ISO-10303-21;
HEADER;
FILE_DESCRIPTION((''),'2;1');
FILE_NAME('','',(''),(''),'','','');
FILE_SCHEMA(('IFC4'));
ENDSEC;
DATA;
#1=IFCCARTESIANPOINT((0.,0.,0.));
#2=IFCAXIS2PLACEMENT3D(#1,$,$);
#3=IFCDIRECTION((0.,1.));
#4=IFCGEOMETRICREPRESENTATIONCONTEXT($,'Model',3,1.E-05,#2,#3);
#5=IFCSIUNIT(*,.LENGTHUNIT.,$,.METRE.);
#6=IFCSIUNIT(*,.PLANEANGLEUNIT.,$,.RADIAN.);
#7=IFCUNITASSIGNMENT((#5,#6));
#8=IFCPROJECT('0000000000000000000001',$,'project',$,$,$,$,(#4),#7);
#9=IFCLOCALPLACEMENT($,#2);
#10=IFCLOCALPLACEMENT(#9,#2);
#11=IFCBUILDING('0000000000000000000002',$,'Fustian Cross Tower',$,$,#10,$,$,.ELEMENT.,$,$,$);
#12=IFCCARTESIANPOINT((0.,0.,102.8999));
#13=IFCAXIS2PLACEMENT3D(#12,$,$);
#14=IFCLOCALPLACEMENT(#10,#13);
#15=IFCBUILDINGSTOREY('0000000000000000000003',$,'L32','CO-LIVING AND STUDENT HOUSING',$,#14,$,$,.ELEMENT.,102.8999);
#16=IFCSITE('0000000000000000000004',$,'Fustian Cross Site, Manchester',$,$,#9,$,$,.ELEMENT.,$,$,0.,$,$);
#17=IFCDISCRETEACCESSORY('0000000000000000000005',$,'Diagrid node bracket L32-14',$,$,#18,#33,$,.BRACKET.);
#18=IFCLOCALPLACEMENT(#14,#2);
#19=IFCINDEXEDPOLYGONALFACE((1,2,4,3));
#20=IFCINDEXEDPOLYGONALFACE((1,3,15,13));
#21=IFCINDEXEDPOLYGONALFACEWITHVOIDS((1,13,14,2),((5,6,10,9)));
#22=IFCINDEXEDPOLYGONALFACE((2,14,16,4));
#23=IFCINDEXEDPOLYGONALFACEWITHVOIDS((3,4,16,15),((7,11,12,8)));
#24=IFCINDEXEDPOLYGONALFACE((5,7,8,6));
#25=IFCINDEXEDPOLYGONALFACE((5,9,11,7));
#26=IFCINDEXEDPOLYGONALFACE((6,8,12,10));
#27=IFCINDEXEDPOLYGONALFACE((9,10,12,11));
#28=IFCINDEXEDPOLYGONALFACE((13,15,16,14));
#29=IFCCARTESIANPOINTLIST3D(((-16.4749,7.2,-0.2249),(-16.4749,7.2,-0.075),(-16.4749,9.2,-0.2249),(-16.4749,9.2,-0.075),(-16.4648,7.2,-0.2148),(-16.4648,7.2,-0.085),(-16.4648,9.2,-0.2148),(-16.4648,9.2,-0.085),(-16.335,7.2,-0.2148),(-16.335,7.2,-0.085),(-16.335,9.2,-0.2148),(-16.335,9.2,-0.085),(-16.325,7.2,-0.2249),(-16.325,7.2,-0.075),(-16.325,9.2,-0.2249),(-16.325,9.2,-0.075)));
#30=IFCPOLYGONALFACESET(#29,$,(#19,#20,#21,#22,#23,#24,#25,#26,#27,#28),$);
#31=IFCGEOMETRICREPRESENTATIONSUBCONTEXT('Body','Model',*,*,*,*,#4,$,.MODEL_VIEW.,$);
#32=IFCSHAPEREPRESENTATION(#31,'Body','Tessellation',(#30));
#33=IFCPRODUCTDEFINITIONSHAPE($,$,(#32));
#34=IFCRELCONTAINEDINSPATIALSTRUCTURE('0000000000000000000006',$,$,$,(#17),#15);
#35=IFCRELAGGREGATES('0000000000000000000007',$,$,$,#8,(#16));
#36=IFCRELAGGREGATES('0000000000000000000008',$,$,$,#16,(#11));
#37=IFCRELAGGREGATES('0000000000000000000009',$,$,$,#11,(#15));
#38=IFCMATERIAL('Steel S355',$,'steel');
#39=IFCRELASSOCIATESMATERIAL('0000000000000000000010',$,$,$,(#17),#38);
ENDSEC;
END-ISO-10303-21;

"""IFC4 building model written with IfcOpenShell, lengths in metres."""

from ifc_helpers import new_model, si_unit, direction, frame, origin, origin_2d, place, context, subcontext, project, spatial, hollow_rectangle, extrude, material, element, save


model = new_model("IFC4")

# Units and contexts
model_context = context("Model", 3, precision=1e-05, world=origin(), true_north=direction((0.0, 1.0)))
body_context = subcontext(model_context, "Body", "Model", "MODEL_VIEW")
ifc_project = project(units=[si_unit("LENGTHUNIT", "METRE"), si_unit("PLANEANGLEUNIT", "RADIAN")], contexts=[model_context])

# Site, building, storey
site_placement = place(None, origin())
site = spatial("IfcSite", under=ifc_project, at=site_placement, Name="Fustian Cross Site, Manchester", CompositionType="ELEMENT", RefElevation=0.0)
building_placement = place(site_placement, origin())
building = spatial("IfcBuilding", under=site, at=building_placement, Name="Fustian Cross Tower", CompositionType="ELEMENT")
storey_placement = place(building_placement, frame((0.0, 0.0, 102.8999)))
storey = spatial("IfcBuildingStorey", under=building, at=storey_placement, Name="L32", Description="CO-LIVING AND STUDENT HOUSING", CompositionType="ELEMENT", Elevation=102.8999)

# Discrete accessory
ifc_material_1 = material(Name="Steel S355", Category="steel")
discrete_accessory_placement = place(storey_placement, frame((-16.3999, 9.2, -0.1499), z_axis=(0.0, -1.0, 0.0), x_axis=(1.0, 0.0, 0.0)))
element("IfcDiscreteAccessory", 1, at=discrete_accessory_placement, inside=storey, material=ifc_material_1, Name="Diagrid node bracket L32-14", PredefinedType="BRACKET", context=body_context, shape_type="SweptSolid", body=[
    extrude(hollow_rectangle(XDim=0.1499, YDim=0.1499, WallThickness=0.01, at=origin_2d()), origin(), (0.0, 0.0, 1.0), 2.0),
])

save(model, "model.ifc")
